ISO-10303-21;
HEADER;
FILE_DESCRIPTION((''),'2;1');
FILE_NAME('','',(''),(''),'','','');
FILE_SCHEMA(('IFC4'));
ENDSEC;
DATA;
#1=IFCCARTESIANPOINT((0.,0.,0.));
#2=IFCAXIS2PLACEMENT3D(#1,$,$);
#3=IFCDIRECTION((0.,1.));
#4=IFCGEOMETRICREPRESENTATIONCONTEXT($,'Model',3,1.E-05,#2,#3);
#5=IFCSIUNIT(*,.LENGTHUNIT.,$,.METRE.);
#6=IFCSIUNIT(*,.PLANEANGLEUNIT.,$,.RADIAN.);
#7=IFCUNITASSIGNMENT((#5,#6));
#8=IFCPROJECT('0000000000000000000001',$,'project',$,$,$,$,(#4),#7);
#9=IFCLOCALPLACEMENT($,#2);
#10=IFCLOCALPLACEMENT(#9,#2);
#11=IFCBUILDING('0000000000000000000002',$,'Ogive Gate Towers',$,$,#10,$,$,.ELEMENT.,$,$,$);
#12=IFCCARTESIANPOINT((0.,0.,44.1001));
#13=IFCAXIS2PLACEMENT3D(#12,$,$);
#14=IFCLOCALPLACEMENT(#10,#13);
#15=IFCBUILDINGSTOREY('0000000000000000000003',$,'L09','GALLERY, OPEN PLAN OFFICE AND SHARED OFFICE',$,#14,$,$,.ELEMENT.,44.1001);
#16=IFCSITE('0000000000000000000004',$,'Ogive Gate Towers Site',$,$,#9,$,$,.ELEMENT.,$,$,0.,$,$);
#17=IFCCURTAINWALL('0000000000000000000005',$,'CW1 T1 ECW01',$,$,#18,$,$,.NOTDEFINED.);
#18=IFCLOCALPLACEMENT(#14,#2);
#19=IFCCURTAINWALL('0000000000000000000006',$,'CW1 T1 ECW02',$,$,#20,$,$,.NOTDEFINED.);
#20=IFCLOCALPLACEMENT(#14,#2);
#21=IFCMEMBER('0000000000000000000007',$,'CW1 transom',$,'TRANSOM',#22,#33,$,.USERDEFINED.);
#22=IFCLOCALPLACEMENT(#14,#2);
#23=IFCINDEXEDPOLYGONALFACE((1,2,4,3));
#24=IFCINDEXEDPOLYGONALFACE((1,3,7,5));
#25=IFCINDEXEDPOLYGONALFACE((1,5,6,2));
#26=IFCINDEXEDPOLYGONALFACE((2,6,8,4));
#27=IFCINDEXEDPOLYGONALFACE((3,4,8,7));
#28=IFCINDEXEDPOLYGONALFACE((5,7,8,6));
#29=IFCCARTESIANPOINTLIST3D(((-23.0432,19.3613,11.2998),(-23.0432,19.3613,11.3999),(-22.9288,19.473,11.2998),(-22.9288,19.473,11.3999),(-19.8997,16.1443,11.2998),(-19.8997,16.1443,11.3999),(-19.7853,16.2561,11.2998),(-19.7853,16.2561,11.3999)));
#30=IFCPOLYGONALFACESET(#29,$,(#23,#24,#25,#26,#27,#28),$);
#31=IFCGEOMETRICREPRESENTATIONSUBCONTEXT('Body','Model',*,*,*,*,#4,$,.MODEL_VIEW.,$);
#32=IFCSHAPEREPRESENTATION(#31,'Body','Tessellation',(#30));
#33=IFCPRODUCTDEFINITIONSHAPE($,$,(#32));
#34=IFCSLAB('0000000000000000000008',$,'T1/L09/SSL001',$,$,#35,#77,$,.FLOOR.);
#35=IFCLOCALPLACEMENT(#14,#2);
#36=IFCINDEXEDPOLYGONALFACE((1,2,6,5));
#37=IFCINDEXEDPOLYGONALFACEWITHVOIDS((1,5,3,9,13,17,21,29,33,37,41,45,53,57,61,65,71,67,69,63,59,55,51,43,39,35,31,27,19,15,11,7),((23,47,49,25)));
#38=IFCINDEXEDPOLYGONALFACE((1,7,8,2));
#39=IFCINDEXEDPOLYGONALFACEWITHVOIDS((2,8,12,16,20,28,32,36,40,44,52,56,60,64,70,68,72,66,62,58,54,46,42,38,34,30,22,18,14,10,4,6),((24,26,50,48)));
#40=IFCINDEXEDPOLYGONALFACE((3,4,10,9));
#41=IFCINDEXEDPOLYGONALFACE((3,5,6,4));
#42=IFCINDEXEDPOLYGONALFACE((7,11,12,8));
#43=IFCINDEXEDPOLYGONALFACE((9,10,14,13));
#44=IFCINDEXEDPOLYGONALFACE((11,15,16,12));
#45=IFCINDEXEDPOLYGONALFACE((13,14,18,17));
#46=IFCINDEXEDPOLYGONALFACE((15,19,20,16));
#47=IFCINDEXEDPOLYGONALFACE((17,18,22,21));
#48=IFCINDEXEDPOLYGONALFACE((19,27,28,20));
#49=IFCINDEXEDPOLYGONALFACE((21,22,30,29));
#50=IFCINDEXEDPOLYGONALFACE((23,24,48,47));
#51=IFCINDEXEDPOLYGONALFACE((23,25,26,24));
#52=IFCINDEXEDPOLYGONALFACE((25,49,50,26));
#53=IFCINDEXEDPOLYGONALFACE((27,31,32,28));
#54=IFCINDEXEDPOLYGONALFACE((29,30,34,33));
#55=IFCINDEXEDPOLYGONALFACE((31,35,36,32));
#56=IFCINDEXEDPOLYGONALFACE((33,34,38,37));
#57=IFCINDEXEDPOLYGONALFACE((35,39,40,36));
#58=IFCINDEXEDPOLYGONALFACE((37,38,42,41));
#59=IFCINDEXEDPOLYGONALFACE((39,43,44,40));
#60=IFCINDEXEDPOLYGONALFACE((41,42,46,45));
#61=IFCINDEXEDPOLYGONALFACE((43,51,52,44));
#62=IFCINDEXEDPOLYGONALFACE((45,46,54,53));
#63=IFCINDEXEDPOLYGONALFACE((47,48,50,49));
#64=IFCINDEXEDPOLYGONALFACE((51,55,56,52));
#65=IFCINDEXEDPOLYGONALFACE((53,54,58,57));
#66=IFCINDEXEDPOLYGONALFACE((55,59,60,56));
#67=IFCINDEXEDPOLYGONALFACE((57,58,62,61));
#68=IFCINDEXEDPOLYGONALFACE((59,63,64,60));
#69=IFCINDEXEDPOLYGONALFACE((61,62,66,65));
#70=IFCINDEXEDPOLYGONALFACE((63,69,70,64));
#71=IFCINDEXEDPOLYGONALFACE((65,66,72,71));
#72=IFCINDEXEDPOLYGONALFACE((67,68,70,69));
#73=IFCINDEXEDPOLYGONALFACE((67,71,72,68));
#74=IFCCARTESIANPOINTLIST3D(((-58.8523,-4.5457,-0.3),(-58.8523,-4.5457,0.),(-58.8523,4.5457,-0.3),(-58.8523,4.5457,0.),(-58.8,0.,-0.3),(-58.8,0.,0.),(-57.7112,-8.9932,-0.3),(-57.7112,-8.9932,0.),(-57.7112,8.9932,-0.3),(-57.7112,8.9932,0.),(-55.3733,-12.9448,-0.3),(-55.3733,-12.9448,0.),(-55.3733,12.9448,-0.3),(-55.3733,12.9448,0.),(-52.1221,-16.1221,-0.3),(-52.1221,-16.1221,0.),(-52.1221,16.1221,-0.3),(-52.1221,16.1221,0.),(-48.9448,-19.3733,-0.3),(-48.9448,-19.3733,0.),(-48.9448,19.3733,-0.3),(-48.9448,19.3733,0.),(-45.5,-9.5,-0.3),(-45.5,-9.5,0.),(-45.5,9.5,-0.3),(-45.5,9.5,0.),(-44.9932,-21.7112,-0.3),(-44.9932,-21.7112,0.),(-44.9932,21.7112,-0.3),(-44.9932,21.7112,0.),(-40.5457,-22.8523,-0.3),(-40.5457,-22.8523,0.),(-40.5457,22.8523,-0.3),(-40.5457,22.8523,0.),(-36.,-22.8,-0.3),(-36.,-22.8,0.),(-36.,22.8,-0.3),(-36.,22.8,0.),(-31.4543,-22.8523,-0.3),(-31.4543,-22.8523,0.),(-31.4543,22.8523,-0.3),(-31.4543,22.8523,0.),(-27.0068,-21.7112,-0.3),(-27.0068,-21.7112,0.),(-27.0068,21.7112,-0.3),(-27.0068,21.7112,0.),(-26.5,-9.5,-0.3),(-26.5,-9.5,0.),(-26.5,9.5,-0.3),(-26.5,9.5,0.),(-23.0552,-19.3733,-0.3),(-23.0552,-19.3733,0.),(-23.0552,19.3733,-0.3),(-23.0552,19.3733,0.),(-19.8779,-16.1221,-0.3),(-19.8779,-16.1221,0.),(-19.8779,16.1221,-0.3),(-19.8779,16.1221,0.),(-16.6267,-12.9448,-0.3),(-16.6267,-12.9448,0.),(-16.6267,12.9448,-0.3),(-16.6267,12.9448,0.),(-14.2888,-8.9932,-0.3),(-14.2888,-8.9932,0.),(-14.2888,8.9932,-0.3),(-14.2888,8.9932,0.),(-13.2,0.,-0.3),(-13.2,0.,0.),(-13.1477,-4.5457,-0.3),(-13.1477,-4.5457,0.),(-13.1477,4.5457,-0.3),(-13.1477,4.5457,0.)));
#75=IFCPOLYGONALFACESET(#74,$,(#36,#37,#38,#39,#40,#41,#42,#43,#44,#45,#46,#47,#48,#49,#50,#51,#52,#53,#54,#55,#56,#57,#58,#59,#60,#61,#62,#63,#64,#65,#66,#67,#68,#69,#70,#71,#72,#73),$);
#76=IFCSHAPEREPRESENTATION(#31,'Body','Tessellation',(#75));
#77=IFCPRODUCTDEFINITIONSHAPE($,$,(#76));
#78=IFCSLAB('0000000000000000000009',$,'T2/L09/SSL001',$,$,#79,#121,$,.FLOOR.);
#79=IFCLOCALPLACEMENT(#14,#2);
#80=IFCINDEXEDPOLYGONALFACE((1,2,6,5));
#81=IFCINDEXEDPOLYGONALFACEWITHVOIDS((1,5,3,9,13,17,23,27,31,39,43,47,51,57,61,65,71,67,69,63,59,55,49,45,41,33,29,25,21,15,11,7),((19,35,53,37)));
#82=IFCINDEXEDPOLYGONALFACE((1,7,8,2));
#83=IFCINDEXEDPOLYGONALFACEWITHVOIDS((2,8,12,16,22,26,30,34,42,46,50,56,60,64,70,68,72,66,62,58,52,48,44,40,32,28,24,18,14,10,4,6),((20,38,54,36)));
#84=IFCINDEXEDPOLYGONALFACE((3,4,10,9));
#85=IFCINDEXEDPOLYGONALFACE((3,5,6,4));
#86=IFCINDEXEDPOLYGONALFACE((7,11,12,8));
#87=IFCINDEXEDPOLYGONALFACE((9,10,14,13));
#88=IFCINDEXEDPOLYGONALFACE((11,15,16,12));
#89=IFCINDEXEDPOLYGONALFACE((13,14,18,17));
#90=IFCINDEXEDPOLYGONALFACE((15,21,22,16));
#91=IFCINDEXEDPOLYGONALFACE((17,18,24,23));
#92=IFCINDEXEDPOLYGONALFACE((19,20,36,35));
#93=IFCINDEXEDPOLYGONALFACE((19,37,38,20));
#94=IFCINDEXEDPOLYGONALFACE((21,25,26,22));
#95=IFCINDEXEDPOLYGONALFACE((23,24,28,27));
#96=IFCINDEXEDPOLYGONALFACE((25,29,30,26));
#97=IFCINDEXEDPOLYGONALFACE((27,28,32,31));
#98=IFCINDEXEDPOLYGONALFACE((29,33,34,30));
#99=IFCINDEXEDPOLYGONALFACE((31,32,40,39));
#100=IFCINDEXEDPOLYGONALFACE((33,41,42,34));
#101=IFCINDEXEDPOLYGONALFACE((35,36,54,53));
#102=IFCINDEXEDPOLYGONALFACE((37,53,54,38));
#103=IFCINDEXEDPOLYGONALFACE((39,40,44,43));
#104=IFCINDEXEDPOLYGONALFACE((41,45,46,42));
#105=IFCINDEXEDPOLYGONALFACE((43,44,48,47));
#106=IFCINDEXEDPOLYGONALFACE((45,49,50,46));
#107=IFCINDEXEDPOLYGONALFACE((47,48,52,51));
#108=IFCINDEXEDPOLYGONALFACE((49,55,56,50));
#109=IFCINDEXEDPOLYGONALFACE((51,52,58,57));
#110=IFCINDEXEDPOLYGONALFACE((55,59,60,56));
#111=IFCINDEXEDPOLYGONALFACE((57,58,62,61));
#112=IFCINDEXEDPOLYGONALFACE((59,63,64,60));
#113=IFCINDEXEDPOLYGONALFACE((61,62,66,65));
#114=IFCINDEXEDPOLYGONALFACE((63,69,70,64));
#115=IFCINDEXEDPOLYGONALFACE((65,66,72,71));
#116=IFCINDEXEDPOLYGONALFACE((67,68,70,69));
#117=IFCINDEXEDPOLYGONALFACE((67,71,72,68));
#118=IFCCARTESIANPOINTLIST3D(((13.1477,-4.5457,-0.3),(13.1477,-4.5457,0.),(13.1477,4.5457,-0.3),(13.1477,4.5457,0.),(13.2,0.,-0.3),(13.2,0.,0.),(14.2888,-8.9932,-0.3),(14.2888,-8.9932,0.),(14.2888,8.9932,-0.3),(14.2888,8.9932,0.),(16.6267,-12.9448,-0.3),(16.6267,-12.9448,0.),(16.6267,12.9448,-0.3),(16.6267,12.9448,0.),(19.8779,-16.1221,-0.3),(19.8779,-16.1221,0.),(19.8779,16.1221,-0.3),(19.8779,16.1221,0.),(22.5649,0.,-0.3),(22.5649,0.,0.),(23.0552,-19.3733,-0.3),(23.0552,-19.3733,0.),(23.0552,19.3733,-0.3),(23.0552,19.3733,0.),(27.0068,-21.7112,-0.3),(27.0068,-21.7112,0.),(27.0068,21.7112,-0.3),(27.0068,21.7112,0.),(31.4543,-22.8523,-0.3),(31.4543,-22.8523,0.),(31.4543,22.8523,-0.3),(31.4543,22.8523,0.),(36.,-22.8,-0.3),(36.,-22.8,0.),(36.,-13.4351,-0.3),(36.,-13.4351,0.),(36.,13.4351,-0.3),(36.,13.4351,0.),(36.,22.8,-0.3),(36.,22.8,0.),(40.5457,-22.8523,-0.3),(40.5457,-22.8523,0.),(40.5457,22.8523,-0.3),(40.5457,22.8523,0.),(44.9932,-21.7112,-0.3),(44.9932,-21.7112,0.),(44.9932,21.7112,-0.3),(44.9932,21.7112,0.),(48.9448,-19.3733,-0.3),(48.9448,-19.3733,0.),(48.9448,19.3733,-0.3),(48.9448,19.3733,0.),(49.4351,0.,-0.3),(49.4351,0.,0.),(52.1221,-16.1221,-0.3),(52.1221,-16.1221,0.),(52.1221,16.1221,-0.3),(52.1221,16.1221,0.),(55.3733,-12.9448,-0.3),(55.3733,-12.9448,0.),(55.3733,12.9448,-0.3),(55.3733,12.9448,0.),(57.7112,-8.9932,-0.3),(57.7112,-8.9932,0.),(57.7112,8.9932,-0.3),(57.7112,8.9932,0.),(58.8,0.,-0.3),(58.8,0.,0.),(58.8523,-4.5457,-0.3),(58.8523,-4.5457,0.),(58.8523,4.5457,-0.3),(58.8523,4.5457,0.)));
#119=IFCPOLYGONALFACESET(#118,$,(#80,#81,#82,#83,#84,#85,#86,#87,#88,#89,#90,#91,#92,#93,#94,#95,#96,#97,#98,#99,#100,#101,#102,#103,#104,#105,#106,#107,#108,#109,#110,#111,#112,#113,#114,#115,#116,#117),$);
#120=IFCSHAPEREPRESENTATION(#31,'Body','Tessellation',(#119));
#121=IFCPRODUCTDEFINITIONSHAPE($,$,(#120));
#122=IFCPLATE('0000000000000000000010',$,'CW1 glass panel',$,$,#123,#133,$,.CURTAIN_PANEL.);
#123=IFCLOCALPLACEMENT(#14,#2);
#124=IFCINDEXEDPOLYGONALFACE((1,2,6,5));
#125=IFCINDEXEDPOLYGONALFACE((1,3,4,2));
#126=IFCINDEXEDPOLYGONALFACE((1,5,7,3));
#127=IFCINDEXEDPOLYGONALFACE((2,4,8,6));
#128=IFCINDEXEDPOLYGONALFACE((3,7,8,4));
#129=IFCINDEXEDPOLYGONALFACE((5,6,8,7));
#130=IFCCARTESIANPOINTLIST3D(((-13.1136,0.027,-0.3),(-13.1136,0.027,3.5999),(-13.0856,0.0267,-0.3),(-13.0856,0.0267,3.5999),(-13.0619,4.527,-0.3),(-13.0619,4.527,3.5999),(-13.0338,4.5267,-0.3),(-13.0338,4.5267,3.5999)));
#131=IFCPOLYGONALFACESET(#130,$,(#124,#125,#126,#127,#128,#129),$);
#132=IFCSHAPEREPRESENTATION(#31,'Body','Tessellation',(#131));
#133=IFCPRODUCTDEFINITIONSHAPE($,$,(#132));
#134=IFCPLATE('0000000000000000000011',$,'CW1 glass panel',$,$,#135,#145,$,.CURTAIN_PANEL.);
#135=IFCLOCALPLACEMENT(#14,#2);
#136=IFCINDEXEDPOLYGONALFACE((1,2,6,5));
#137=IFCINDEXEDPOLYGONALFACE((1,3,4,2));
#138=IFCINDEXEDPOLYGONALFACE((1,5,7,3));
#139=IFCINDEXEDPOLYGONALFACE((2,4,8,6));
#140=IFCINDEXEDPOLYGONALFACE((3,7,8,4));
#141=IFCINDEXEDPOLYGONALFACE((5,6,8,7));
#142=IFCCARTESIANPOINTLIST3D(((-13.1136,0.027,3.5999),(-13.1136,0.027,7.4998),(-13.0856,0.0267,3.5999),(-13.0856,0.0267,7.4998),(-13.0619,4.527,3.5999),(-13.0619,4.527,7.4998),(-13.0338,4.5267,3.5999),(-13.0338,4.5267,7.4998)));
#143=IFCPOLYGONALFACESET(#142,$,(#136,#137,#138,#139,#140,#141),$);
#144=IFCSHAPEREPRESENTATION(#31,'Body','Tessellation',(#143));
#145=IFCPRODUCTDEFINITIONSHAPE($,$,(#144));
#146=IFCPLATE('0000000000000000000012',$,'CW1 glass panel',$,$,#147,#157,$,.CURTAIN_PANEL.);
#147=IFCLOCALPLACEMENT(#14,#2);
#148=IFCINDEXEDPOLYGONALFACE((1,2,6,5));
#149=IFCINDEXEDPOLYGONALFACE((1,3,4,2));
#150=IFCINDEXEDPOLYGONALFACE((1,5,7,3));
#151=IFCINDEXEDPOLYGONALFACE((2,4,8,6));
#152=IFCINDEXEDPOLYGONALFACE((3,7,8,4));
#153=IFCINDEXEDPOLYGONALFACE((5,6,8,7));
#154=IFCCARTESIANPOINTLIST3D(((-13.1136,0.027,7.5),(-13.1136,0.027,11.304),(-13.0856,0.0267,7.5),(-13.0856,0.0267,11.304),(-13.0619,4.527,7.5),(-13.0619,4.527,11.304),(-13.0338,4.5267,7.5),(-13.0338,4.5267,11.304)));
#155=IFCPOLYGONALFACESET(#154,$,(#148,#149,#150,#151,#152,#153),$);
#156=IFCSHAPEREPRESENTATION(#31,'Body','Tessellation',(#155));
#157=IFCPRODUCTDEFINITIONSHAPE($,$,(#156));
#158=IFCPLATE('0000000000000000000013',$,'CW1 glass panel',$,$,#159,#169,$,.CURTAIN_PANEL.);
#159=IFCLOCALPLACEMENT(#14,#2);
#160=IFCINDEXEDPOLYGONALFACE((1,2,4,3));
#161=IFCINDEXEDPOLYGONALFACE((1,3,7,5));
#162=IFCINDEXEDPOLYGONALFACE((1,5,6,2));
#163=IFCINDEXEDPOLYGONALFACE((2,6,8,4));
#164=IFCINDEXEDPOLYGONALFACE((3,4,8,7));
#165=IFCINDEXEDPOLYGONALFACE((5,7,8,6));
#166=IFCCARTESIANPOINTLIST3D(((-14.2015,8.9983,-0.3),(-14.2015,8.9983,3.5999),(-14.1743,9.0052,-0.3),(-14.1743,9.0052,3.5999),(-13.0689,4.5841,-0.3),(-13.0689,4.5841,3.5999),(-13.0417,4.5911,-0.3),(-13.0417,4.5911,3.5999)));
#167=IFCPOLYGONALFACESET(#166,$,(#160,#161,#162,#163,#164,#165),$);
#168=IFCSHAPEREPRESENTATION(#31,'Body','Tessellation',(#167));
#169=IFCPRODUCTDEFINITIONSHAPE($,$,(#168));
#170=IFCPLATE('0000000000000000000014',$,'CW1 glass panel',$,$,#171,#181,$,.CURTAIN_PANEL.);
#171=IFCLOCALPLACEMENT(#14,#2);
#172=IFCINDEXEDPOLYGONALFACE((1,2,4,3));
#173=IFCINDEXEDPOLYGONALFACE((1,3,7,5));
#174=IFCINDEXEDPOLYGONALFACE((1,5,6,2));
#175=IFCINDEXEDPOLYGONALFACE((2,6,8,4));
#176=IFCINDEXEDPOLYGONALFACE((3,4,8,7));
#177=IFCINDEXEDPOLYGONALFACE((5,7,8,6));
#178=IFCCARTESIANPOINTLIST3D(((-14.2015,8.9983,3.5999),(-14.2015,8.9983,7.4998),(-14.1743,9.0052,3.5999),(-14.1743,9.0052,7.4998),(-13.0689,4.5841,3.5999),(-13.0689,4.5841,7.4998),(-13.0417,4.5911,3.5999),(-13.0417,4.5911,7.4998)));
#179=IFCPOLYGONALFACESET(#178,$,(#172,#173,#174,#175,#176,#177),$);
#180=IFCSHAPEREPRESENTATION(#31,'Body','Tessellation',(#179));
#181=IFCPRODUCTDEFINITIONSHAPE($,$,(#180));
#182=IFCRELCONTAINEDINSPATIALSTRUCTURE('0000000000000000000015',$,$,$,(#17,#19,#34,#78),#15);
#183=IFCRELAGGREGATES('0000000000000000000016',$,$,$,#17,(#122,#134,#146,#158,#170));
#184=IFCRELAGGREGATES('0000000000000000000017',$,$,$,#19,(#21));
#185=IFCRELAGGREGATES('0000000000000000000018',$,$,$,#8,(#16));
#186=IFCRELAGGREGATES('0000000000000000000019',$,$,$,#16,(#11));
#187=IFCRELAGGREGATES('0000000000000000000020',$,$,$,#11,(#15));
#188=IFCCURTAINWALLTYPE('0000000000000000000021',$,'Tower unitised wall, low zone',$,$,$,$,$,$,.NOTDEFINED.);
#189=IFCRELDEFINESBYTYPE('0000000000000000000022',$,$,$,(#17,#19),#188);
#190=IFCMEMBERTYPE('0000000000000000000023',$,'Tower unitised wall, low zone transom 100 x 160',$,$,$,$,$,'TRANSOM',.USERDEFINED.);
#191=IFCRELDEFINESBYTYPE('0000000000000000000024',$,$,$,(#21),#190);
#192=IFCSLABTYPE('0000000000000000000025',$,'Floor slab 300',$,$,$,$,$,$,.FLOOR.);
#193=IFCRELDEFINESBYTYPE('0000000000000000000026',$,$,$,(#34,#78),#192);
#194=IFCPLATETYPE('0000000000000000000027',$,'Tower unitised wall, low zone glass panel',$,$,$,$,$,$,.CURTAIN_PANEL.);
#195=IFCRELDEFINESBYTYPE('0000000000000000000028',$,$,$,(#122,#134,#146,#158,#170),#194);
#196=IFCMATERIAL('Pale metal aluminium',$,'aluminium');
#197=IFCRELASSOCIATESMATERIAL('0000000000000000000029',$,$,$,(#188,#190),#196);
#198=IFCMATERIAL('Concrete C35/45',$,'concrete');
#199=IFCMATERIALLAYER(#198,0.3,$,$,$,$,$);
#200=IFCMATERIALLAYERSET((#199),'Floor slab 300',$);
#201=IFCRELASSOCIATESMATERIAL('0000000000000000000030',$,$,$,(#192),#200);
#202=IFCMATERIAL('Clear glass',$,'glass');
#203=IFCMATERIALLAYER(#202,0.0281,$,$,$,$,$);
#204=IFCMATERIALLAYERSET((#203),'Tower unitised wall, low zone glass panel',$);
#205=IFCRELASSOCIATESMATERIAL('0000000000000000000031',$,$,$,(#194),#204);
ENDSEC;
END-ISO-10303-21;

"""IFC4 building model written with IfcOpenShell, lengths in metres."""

from ifc_helpers import new_model, si_unit, direction, frame, origin, origin_2d, place, context, subcontext, project, spatial, polyline, rectangle, outline, extrude, material, layer, layer_set, material_profile, profile_set, type_object, element, aggregate, save


model = new_model("IFC4")

# Units and contexts
model_context = context("Model", 3, precision=1e-05, world=origin(), true_north=direction((0.0, 1.0)))
body_context = subcontext(model_context, "Body", "Model", "MODEL_VIEW")
ifc_project = project(units=[si_unit("LENGTHUNIT", "METRE"), si_unit("PLANEANGLEUNIT", "RADIAN")], contexts=[model_context])

# Site, building, storey
site_placement = place(None, origin())
site = spatial("IfcSite", under=ifc_project, at=site_placement, Name="Ogive Gate Towers Site", CompositionType="ELEMENT", RefElevation=0.0)
building_placement = place(site_placement, origin())
building = spatial("IfcBuilding", under=site, at=building_placement, Name="Ogive Gate Towers", CompositionType="ELEMENT")
storey_placement = place(building_placement, frame((0.0, 0.0, 44.1001)))
storey = spatial("IfcBuildingStorey", under=building, at=storey_placement, Name="L09", Description="GALLERY, OPEN PLAN OFFICE AND SHARED OFFICE", CompositionType="ELEMENT", Elevation=44.1001)

# Curtain wall
ifc_material_1 = material(Name="Pale metal aluminium", Category="aluminium")
curtain_wall_type = type_object("IfcCurtainWallType", Name="Tower unitised wall, low zone", PredefinedType="NOTDEFINED", material=ifc_material_1)
curtain_wall_1_placement = place(storey_placement, origin())
curtain_wall_1 = element("IfcCurtainWall", 1, at=curtain_wall_1_placement, inside=storey, type_object=curtain_wall_type, Name="CW1 T1 ECW01", PredefinedType="NOTDEFINED")
ifc_material_profile_1 = material_profile(ifc_material_1, rectangle(XDim=0.1599, YDim=0.1001, at=origin_2d()), Name="100 x 160 aluminium box")
ifc_profile_set_1 = profile_set([ifc_material_profile_1], Name="Pale metal aluminium")
member_type_1 = type_object("IfcMemberType", Name="Tower unitised wall, low zone transom 100 x 160", ElementType="TRANSOM", PredefinedType="USERDEFINED", material=ifc_profile_set_1)

# Curtain wall, member
curtain_wall_2_placement = place(storey_placement, origin())
curtain_wall_2 = element("IfcCurtainWall", 2, at=curtain_wall_2_placement, inside=storey, type_object=curtain_wall_type, Name="CW1 T1 ECW02", PredefinedType="NOTDEFINED")
member_1_placement = place(storey_placement, frame((-19.8425, 16.2002, 11.3499), z_axis=(-0.698891, 0.715229, 0.0), x_axis=(-0.715229, -0.698891, 0.0)))
member_1 = element("IfcMember", 3, at=member_1_placement, type_object=member_type_1, Name="CW1 transom", ObjectType="TRANSOM", PredefinedType="USERDEFINED", context=body_context, shape_type="SweptSolid", body=[
    extrude(rectangle(XDim=0.1599, YDim=0.1001, at=origin_2d()), origin(), (0.0, 0.0, 1.0), 4.4978),
])

# Slabs
ifc_material_2 = material(Name="Concrete C35/45", Category="concrete")
ifc_layer_1 = layer(ifc_material_2, 0.3)
ifc_layer_set_1 = layer_set([ifc_layer_1], Name="Floor slab 300")
slab_type = type_object("IfcSlabType", Name="Floor slab 300", PredefinedType="FLOOR", material=ifc_layer_set_1)
slab_1_placement = place(storey_placement, frame((0.0, 0.0, -0.3)))
element("IfcSlab", 4, at=slab_1_placement, inside=storey, type_object=slab_type, Name="T1/L09/SSL001", PredefinedType="FLOOR", context=body_context, shape_type="SweptSolid", body=[
    extrude(outline(polyline([(-13.1477, -4.5457), (-13.2, 0.0), (-13.1477, 4.5457), (-14.2888, 8.9932), (-16.6267, 12.9448), (-19.8779, 16.1221), (-23.0552, 19.3733), (-27.0068, 21.7112), (-31.4543, 22.8523), (-36.0, 22.8), (-40.5457, 22.8523), (-44.9932, 21.7112), (-48.9448, 19.3733), (-52.1221, 16.1221), (-55.3733, 12.9448), (-57.7112, 8.9932), (-58.8523, 4.5457), (-58.8, 0.0), (-58.8523, -4.5457), (-57.7112, -8.9932), (-55.3733, -12.9448), (-52.1221, -16.1221), (-48.9448, -19.3733), (-44.9932, -21.7112), (-40.5457, -22.8523), (-36.0, -22.8), (-31.4543, -22.8523), (-27.0068, -21.7112), (-23.0552, -19.3733), (-19.8779, -16.1221), (-16.6267, -12.9448), (-14.2888, -8.9932), (-13.1477, -4.5457)]), holes=[polyline([(-26.5, -9.5), (-45.5, -9.5), (-45.5, 9.5), (-26.5, 9.5), (-26.5, -9.5)])]), origin(), (0.0, 0.0, 1.0), 0.3),
])
slab_2_placement = place(storey_placement, frame((0.0, 0.0, -0.3)))
element("IfcSlab", 5, at=slab_2_placement, inside=storey, type_object=slab_type, Name="T2/L09/SSL001", PredefinedType="FLOOR", context=body_context, shape_type="SweptSolid", body=[
    extrude(outline(polyline([(58.8523, -4.5457), (58.8, 0.0), (58.8523, 4.5457), (57.7112, 8.9932), (55.3733, 12.9448), (52.1221, 16.1221), (48.9448, 19.3733), (44.9932, 21.7112), (40.5457, 22.8523), (36.0, 22.8), (31.4543, 22.8523), (27.0068, 21.7112), (23.0552, 19.3733), (19.8779, 16.1221), (16.6267, 12.9448), (14.2888, 8.9932), (13.1477, 4.5457), (13.2, 0.0), (13.1477, -4.5457), (14.2888, -8.9932), (16.6267, -12.9448), (19.8779, -16.1221), (23.0552, -19.3733), (27.0068, -21.7112), (31.4543, -22.8523), (36.0, -22.8), (40.5457, -22.8523), (44.9932, -21.7112), (48.9448, -19.3733), (52.1221, -16.1221), (55.3733, -12.9448), (57.7112, -8.9932), (58.8523, -4.5457)]), holes=[polyline([(49.4351, 0.0), (36.0, -13.4351), (22.5649, 0.0), (36.0, 13.4351), (49.4351, 0.0)])]), origin(), (0.0, 0.0, 1.0), 0.3),
])

# Plates
ifc_material_3 = material(Name="Clear glass", Category="glass")
ifc_layer_2 = layer(ifc_material_3, 0.0281)
ifc_layer_set_2 = layer_set([ifc_layer_2], Name="Tower unitised wall, low zone glass panel")
plate_type = type_object("IfcPlateType", Name="Tower unitised wall, low zone glass panel", PredefinedType="CURTAIN_PANEL", material=ifc_layer_set_2)
plate_1_placement = place(storey_placement, frame((-13.0737, 2.2769, -0.3), z_axis=(0.0, 0.0, 1.0), x_axis=(0.011501, 0.999934, 0.0)))
plate_1 = element("IfcPlate", 6, at=plate_1_placement, type_object=plate_type, Name="CW1 glass panel", PredefinedType="CURTAIN_PANEL", context=body_context, shape_type="SweptSolid", body=[
    extrude(rectangle(XDim=4.5002, YDim=0.0281, at=origin_2d()), origin(), (0.0, 0.0, 1.0), 3.8999),
])
plate_2_placement = place(storey_placement, frame((-13.0737, 2.2769, 3.5999), z_axis=(0.0, 0.0, 1.0), x_axis=(0.011501, 0.999934, 0.0)))
plate_2 = element("IfcPlate", 7, at=plate_2_placement, type_object=plate_type, Name="CW1 glass panel", PredefinedType="CURTAIN_PANEL", context=body_context, shape_type="SweptSolid", body=[
    extrude(rectangle(XDim=4.5002, YDim=0.0281, at=origin_2d()), origin(), (0.0, 0.0, 1.0), 3.8999),
])
plate_3_placement = place(storey_placement, frame((-13.0737, 2.2769, 7.5), z_axis=(0.0, 0.0, 1.0), x_axis=(0.011501, 0.999934, 0.0)))
plate_3 = element("IfcPlate", 8, at=plate_3_placement, type_object=plate_type, Name="CW1 glass panel", PredefinedType="CURTAIN_PANEL", context=body_context, shape_type="SweptSolid", body=[
    extrude(rectangle(XDim=4.5002, YDim=0.0281, at=origin_2d()), origin(), (0.0, 0.0, 1.0), 3.804),
])
plate_4_placement = place(storey_placement, frame((-13.6216, 6.7947, -0.3), z_axis=(0.0, 0.0, 1.0), x_axis=(-0.248521, 0.968627, 0.0)))
plate_4 = element("IfcPlate", 9, at=plate_4_placement, type_object=plate_type, Name="CW1 glass panel", PredefinedType="CURTAIN_PANEL", context=body_context, shape_type="SweptSolid", body=[
    extrude(rectangle(XDim=4.5571, YDim=0.0281, at=origin_2d()), origin(), (0.0, 0.0, 1.0), 3.8999),
])
plate_5_placement = place(storey_placement, frame((-13.6216, 6.7947, 3.5999), z_axis=(0.0, 0.0, 1.0), x_axis=(-0.248521, 0.968627, 0.0)))
plate_5 = element("IfcPlate", 10, at=plate_5_placement, type_object=plate_type, Name="CW1 glass panel", PredefinedType="CURTAIN_PANEL", context=body_context, shape_type="SweptSolid", body=[
    extrude(rectangle(XDim=4.5571, YDim=0.0281, at=origin_2d()), origin(), (0.0, 0.0, 1.0), 3.8999),
])
aggregate(curtain_wall_1, [plate_1, plate_2, plate_3, plate_4, plate_5])
aggregate(curtain_wall_2, [member_1])

save(model, "model.ifc")
